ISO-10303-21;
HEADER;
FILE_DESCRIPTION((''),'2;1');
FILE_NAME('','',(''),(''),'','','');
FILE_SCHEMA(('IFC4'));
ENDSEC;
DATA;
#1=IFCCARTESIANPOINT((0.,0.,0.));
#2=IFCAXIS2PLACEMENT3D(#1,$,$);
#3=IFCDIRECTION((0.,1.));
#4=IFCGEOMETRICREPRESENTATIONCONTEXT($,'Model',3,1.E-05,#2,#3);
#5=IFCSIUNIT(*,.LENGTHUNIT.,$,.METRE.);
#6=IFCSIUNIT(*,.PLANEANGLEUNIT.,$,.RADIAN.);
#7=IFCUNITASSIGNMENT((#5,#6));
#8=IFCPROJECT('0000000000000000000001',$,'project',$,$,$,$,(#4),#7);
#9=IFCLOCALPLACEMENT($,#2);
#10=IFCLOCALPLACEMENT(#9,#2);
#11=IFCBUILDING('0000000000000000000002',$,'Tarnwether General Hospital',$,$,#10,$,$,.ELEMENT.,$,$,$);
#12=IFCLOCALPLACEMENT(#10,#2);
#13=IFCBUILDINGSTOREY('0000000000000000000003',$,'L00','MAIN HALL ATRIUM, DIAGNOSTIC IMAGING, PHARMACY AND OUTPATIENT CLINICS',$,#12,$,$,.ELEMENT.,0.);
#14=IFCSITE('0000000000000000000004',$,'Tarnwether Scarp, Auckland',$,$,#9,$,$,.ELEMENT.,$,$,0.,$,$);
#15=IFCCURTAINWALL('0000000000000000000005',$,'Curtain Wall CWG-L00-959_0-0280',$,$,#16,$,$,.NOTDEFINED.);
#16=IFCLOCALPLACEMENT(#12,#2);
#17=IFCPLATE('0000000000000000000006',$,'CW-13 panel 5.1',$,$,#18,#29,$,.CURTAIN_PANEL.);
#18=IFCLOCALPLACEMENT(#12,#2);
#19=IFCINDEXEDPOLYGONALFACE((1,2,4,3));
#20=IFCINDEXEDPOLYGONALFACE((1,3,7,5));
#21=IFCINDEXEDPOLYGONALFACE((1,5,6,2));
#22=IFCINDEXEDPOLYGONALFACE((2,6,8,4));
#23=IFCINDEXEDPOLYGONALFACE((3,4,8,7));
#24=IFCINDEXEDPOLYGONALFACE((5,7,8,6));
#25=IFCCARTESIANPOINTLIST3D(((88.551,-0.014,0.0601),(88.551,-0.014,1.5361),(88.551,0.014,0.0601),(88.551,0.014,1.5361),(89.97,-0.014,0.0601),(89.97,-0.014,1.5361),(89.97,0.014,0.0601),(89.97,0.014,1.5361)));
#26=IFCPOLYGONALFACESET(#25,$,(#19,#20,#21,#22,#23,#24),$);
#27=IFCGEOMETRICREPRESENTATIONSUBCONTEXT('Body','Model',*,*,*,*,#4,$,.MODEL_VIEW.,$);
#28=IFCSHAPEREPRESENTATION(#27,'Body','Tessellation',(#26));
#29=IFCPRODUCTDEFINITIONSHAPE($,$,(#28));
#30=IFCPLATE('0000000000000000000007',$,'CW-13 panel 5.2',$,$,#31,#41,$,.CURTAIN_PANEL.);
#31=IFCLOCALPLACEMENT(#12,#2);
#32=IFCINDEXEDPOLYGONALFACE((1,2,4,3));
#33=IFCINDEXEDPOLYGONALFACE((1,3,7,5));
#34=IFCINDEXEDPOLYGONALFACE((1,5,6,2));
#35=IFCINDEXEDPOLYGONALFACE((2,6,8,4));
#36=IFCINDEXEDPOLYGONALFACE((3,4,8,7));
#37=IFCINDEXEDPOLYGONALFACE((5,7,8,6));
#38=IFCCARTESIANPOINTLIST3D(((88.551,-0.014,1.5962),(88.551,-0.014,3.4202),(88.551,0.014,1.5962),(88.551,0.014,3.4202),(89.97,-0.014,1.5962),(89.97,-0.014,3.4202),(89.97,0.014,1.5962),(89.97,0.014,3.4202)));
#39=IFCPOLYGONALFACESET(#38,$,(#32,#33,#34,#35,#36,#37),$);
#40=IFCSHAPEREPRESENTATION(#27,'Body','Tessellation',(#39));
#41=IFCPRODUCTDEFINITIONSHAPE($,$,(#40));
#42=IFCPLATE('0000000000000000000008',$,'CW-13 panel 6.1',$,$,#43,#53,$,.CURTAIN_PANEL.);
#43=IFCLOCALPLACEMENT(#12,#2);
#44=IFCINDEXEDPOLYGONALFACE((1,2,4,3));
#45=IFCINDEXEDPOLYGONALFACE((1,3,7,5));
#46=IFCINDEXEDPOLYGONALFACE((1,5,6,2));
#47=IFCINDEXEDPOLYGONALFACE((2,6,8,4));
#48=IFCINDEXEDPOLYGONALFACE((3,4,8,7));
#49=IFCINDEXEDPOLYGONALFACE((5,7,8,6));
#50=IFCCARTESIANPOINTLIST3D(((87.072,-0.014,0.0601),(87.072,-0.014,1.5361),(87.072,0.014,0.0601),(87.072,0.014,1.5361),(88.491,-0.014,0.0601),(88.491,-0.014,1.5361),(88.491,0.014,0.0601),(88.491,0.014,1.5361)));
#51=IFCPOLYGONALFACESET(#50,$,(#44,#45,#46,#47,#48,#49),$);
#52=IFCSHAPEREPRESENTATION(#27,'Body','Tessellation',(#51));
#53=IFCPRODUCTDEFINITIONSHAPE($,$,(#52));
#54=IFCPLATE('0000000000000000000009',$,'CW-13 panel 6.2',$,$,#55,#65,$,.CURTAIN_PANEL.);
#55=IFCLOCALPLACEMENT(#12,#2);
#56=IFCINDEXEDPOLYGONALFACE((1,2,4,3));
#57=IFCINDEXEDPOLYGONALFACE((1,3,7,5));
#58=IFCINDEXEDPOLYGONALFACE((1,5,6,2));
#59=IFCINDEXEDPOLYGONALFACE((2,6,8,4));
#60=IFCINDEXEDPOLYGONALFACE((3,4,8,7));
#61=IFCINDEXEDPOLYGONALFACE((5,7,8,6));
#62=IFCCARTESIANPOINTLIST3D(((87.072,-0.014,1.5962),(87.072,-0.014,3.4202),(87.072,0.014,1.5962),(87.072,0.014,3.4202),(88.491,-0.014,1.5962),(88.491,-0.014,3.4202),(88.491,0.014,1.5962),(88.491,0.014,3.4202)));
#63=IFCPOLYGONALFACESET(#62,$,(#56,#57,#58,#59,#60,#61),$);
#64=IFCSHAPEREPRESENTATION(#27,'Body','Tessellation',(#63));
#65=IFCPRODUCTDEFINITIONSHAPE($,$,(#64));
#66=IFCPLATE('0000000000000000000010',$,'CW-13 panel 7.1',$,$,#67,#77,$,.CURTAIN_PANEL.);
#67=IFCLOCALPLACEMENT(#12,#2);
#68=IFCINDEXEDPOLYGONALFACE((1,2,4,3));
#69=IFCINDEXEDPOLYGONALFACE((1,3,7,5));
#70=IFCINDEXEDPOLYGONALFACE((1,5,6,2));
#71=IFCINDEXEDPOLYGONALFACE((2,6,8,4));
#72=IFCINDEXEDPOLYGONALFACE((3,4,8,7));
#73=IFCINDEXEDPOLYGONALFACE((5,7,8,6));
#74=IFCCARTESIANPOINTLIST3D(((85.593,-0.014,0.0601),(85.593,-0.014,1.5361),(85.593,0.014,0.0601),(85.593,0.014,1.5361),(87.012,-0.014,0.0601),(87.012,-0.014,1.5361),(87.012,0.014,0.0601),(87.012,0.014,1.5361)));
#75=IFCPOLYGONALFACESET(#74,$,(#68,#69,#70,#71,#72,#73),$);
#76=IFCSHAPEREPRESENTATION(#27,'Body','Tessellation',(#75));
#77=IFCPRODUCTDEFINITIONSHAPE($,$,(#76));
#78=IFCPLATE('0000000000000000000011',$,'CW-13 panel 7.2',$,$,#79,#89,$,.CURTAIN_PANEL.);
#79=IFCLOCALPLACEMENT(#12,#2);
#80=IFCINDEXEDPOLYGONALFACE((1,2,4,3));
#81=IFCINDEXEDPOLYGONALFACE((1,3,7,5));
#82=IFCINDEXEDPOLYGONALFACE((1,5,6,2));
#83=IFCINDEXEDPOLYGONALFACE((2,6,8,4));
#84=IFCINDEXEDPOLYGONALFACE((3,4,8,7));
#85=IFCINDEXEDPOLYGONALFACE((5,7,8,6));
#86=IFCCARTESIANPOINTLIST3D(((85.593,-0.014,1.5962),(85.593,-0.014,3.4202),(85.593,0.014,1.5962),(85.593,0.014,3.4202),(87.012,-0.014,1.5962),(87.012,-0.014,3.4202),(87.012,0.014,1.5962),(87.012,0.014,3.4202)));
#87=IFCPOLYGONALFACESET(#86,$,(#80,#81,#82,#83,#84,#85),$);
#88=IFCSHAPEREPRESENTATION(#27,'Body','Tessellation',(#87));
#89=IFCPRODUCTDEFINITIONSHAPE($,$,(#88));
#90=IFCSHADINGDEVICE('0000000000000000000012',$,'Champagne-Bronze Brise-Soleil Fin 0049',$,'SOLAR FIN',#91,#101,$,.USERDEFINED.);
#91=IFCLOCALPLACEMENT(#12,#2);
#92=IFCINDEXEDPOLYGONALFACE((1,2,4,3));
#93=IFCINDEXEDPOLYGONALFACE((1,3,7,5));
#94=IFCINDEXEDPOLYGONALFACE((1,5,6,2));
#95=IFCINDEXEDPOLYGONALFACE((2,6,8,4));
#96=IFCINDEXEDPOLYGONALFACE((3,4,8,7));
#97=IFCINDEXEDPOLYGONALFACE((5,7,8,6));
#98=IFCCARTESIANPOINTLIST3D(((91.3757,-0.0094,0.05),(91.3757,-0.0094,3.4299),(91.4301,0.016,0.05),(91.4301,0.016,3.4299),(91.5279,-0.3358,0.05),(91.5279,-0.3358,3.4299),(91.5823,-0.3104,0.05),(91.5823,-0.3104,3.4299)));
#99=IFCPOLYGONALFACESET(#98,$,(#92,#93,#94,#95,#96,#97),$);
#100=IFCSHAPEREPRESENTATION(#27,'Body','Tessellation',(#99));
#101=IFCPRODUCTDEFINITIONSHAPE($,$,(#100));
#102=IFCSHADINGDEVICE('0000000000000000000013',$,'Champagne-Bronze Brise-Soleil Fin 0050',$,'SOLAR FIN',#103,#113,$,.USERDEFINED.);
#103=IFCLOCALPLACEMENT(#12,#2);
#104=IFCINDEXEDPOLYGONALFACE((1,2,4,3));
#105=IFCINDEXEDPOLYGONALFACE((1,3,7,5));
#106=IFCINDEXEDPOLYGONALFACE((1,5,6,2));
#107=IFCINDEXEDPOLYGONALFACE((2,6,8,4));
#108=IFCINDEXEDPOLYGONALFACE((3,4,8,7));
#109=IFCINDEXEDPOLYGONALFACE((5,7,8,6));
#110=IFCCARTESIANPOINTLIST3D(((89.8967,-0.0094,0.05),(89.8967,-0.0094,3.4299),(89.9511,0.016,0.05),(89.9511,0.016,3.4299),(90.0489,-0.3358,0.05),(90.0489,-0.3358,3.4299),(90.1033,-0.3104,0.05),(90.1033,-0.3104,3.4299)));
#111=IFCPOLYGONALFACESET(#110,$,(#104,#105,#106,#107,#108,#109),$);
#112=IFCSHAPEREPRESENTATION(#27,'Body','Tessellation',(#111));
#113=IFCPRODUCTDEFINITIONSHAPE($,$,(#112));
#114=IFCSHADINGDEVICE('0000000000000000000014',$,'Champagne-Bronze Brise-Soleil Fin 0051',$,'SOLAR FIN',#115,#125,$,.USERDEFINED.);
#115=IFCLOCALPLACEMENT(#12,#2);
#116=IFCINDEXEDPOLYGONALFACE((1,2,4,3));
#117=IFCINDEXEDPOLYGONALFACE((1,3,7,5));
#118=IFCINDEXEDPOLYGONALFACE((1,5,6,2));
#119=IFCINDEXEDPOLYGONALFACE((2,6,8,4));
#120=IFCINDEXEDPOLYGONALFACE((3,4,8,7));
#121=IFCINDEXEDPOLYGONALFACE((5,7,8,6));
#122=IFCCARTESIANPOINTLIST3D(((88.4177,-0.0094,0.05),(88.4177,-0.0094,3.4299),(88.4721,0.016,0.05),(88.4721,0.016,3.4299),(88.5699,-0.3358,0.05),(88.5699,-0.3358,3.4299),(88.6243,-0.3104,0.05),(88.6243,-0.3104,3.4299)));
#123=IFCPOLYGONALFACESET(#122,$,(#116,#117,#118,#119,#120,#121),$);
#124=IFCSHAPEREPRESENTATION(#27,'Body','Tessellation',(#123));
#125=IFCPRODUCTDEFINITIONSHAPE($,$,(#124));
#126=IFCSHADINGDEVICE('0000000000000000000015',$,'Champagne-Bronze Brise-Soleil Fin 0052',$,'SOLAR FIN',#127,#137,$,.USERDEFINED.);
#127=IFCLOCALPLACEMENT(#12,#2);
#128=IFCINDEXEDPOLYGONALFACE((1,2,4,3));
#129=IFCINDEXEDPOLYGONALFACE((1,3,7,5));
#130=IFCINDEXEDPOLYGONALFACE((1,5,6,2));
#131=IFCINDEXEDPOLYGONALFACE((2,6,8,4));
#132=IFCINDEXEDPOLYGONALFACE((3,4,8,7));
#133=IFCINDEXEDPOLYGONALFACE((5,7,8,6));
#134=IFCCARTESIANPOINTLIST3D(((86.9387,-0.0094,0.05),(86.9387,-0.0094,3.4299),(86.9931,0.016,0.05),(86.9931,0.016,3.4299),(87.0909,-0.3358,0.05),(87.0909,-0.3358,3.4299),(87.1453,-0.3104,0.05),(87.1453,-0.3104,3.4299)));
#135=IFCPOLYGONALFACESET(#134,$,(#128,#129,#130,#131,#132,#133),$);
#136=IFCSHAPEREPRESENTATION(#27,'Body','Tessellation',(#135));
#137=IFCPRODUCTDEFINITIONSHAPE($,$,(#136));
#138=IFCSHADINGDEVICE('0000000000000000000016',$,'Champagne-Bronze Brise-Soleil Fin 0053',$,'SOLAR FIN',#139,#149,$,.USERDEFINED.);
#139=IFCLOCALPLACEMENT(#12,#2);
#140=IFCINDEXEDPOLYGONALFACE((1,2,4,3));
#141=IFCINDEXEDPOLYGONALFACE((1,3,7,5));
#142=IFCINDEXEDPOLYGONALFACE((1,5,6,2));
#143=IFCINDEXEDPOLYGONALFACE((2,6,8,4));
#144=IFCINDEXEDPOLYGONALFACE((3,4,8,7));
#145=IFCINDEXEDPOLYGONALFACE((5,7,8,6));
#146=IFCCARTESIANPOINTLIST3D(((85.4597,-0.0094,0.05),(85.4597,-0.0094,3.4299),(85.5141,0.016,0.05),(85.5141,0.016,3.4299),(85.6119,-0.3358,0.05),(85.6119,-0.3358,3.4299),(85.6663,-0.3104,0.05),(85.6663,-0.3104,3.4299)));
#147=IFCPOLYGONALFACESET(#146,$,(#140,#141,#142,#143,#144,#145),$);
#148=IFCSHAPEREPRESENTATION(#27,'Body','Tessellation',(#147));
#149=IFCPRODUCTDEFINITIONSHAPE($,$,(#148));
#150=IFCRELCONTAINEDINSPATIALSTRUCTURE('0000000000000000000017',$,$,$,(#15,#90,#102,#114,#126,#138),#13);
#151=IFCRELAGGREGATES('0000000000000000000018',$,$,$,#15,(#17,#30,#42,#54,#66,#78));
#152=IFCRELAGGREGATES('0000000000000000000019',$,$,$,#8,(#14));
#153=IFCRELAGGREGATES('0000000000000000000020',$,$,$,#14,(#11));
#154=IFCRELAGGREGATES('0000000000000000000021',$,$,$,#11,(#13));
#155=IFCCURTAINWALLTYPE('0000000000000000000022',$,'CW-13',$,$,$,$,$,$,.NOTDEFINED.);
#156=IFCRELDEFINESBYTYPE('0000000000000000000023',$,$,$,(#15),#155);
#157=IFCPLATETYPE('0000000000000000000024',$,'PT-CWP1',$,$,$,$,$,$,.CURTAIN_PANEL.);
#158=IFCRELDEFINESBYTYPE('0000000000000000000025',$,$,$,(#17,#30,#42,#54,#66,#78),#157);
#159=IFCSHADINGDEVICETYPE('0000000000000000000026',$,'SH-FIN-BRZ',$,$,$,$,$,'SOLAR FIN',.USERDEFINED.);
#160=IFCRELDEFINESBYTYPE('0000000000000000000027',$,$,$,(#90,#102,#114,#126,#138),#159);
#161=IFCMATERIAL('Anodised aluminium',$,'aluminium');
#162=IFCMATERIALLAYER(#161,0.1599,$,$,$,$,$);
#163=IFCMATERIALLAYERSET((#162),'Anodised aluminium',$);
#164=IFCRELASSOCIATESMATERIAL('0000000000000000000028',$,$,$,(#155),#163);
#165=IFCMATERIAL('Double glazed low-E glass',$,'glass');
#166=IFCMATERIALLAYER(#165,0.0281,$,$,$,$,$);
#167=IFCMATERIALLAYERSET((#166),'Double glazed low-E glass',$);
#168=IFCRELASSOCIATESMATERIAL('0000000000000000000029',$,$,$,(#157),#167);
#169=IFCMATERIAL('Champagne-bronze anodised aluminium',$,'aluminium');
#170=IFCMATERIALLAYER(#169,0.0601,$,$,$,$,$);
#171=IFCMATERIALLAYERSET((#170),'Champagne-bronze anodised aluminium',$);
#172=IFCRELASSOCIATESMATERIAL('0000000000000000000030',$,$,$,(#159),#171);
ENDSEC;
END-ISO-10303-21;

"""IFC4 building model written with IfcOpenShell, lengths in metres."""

from ifc_helpers import new_model, si_unit, direction, frame, origin, origin_2d, place, context, subcontext, project, spatial, rectangle, extrude, material, layer, layer_set, type_object, element, aggregate, save


model = new_model("IFC4")

# Units and contexts
model_context = context("Model", 3, precision=1e-05, world=origin(), true_north=direction((0.0, 1.0)))
body_context = subcontext(model_context, "Body", "Model", "MODEL_VIEW")
ifc_project = project(units=[si_unit("LENGTHUNIT", "METRE"), si_unit("PLANEANGLEUNIT", "RADIAN")], contexts=[model_context])

# Site, building, storey
site_placement = place(None, origin())
site = spatial("IfcSite", under=ifc_project, at=site_placement, Name="Tarnwether Scarp, Auckland", CompositionType="ELEMENT", RefElevation=0.0)
building_placement = place(site_placement, origin())
building = spatial("IfcBuilding", under=site, at=building_placement, Name="Tarnwether General Hospital", CompositionType="ELEMENT")
storey_placement = place(building_placement, origin())
storey = spatial("IfcBuildingStorey", under=building, at=storey_placement, Name="L00", Description="MAIN HALL ATRIUM, DIAGNOSTIC IMAGING, PHARMACY AND OUTPATIENT CLINICS", CompositionType="ELEMENT", Elevation=0.0)

# Curtain wall, plates
ifc_material_1 = material(Name="Anodised aluminium", Category="aluminium")
ifc_layer_1 = layer(ifc_material_1, 0.1599)
ifc_layer_set_1 = layer_set([ifc_layer_1], Name="Anodised aluminium")
curtain_wall_type = type_object("IfcCurtainWallType", Name="CW-13", PredefinedType="NOTDEFINED", material=ifc_layer_set_1)
curtain_wall_placement = place(storey_placement, origin())
curtain_wall = element("IfcCurtainWall", 1, at=curtain_wall_placement, inside=storey, type_object=curtain_wall_type, Name="Curtain Wall CWG-L00-959_0-0280", PredefinedType="NOTDEFINED")
ifc_material_2 = material(Name="Double glazed low-E glass", Category="glass")
ifc_layer_2 = layer(ifc_material_2, 0.0281)
ifc_layer_set_2 = layer_set([ifc_layer_2], Name="Double glazed low-E glass")
plate_type = type_object("IfcPlateType", Name="PT-CWP1", PredefinedType="CURTAIN_PANEL", material=ifc_layer_set_2)
plate_1_placement = place(storey_placement, frame((89.2605, 0.0, 0.0601), z_axis=(0.0, 0.0, 1.0), x_axis=(-1.0, 0.0, 0.0)))
plate_1 = element("IfcPlate", 2, at=plate_1_placement, type_object=plate_type, Name="CW-13 panel 5.1", PredefinedType="CURTAIN_PANEL", context=body_context, shape_type="SweptSolid", body=[
    extrude(rectangle(XDim=1.4189, YDim=0.0281, at=origin_2d()), origin(), (0.0, 0.0, 1.0), 1.4761),
])
plate_2_placement = place(storey_placement, frame((89.2605, 0.0, 1.5962), z_axis=(0.0, 0.0, 1.0), x_axis=(-1.0, 0.0, 0.0)))
plate_2 = element("IfcPlate", 3, at=plate_2_placement, type_object=plate_type, Name="CW-13 panel 5.2", PredefinedType="CURTAIN_PANEL", context=body_context, shape_type="SweptSolid", body=[
    extrude(rectangle(XDim=1.4189, YDim=0.0281, at=origin_2d()), origin(), (0.0, 0.0, 1.0), 1.824),
])
plate_3_placement = place(storey_placement, frame((87.7815, 0.0, 0.0601), z_axis=(0.0, 0.0, 1.0), x_axis=(-1.0, 0.0, 0.0)))
plate_3 = element("IfcPlate", 4, at=plate_3_placement, type_object=plate_type, Name="CW-13 panel 6.1", PredefinedType="CURTAIN_PANEL", context=body_context, shape_type="SweptSolid", body=[
    extrude(rectangle(XDim=1.4189, YDim=0.0281, at=origin_2d()), origin(), (0.0, 0.0, 1.0), 1.4761),
])
plate_4_placement = place(storey_placement, frame((87.7815, 0.0, 1.5962), z_axis=(0.0, 0.0, 1.0), x_axis=(-1.0, 0.0, 0.0)))
plate_4 = element("IfcPlate", 5, at=plate_4_placement, type_object=plate_type, Name="CW-13 panel 6.2", PredefinedType="CURTAIN_PANEL", context=body_context, shape_type="SweptSolid", body=[
    extrude(rectangle(XDim=1.4189, YDim=0.0281, at=origin_2d()), origin(), (0.0, 0.0, 1.0), 1.824),
])
plate_5_placement = place(storey_placement, frame((86.3025, 0.0, 0.0601), z_axis=(0.0, 0.0, 1.0), x_axis=(-1.0, 0.0, 0.0)))
plate_5 = element("IfcPlate", 6, at=plate_5_placement, type_object=plate_type, Name="CW-13 panel 7.1", PredefinedType="CURTAIN_PANEL", context=body_context, shape_type="SweptSolid", body=[
    extrude(rectangle(XDim=1.4189, YDim=0.0281, at=origin_2d()), origin(), (0.0, 0.0, 1.0), 1.4761),
])
plate_6_placement = place(storey_placement, frame((86.3025, 0.0, 1.5962), z_axis=(0.0, 0.0, 1.0), x_axis=(-1.0, 0.0, 0.0)))
plate_6 = element("IfcPlate", 7, at=plate_6_placement, type_object=plate_type, Name="CW-13 panel 7.2", PredefinedType="CURTAIN_PANEL", context=body_context, shape_type="SweptSolid", body=[
    extrude(rectangle(XDim=1.4189, YDim=0.0281, at=origin_2d()), origin(), (0.0, 0.0, 1.0), 1.824),
])
aggregate(curtain_wall, [plate_1, plate_2, plate_3, plate_4, plate_5, plate_6])

# Shading devices
ifc_material_3 = material(Name="Champagne-bronze anodised aluminium", Category="aluminium")
ifc_layer_3 = layer(ifc_material_3, 0.0601)
ifc_layer_set_3 = layer_set([ifc_layer_3], Name="Champagne-bronze anodised aluminium")
shading_device_type = type_object("IfcShadingDeviceType", Name="SH-FIN-BRZ", ElementType="SOLAR FIN", PredefinedType="USERDEFINED", material=ifc_layer_set_3)
for number, where, z_axis, x_axis, name in (
    (8, (91.479, -0.1599, 0.05), (0.0, 0.0, 1.0), (-0.906308, -0.422618, 0.0), "Champagne-Bronze Brise-Soleil Fin 0049"),
    (9, (90.0, -0.1599, 0.05), (0.0, 0.0, 1.0), (-0.906308, -0.422618, 0.0), "Champagne-Bronze Brise-Soleil Fin 0050"),
    (10, (88.521, -0.1599, 0.05), (0.0, 0.0, 1.0), (-0.906308, -0.422618, 0.0), "Champagne-Bronze Brise-Soleil Fin 0051"),
    (11, (87.042, -0.1599, 0.05), (0.0, 0.0, 1.0), (-0.906308, -0.422618, 0.0), "Champagne-Bronze Brise-Soleil Fin 0052"),
    (12, (85.563, -0.1599, 0.05), (0.0, 0.0, 1.0), (-0.906308, -0.422618, 0.0), "Champagne-Bronze Brise-Soleil Fin 0053"),
):
    element("IfcShadingDevice", number, at=place(storey_placement, frame(where, z_axis=z_axis, x_axis=x_axis)), inside=storey, type_object=shading_device_type, Name=name, ObjectType="SOLAR FIN", PredefinedType="USERDEFINED", context=body_context, shape_type="SweptSolid", body=[
        extrude(rectangle(XDim=0.0601, YDim=0.3601, at=origin_2d()), origin(), (0.0, 0.0, 1.0), 3.3799),
    ])

save(model, "model.ifc")
